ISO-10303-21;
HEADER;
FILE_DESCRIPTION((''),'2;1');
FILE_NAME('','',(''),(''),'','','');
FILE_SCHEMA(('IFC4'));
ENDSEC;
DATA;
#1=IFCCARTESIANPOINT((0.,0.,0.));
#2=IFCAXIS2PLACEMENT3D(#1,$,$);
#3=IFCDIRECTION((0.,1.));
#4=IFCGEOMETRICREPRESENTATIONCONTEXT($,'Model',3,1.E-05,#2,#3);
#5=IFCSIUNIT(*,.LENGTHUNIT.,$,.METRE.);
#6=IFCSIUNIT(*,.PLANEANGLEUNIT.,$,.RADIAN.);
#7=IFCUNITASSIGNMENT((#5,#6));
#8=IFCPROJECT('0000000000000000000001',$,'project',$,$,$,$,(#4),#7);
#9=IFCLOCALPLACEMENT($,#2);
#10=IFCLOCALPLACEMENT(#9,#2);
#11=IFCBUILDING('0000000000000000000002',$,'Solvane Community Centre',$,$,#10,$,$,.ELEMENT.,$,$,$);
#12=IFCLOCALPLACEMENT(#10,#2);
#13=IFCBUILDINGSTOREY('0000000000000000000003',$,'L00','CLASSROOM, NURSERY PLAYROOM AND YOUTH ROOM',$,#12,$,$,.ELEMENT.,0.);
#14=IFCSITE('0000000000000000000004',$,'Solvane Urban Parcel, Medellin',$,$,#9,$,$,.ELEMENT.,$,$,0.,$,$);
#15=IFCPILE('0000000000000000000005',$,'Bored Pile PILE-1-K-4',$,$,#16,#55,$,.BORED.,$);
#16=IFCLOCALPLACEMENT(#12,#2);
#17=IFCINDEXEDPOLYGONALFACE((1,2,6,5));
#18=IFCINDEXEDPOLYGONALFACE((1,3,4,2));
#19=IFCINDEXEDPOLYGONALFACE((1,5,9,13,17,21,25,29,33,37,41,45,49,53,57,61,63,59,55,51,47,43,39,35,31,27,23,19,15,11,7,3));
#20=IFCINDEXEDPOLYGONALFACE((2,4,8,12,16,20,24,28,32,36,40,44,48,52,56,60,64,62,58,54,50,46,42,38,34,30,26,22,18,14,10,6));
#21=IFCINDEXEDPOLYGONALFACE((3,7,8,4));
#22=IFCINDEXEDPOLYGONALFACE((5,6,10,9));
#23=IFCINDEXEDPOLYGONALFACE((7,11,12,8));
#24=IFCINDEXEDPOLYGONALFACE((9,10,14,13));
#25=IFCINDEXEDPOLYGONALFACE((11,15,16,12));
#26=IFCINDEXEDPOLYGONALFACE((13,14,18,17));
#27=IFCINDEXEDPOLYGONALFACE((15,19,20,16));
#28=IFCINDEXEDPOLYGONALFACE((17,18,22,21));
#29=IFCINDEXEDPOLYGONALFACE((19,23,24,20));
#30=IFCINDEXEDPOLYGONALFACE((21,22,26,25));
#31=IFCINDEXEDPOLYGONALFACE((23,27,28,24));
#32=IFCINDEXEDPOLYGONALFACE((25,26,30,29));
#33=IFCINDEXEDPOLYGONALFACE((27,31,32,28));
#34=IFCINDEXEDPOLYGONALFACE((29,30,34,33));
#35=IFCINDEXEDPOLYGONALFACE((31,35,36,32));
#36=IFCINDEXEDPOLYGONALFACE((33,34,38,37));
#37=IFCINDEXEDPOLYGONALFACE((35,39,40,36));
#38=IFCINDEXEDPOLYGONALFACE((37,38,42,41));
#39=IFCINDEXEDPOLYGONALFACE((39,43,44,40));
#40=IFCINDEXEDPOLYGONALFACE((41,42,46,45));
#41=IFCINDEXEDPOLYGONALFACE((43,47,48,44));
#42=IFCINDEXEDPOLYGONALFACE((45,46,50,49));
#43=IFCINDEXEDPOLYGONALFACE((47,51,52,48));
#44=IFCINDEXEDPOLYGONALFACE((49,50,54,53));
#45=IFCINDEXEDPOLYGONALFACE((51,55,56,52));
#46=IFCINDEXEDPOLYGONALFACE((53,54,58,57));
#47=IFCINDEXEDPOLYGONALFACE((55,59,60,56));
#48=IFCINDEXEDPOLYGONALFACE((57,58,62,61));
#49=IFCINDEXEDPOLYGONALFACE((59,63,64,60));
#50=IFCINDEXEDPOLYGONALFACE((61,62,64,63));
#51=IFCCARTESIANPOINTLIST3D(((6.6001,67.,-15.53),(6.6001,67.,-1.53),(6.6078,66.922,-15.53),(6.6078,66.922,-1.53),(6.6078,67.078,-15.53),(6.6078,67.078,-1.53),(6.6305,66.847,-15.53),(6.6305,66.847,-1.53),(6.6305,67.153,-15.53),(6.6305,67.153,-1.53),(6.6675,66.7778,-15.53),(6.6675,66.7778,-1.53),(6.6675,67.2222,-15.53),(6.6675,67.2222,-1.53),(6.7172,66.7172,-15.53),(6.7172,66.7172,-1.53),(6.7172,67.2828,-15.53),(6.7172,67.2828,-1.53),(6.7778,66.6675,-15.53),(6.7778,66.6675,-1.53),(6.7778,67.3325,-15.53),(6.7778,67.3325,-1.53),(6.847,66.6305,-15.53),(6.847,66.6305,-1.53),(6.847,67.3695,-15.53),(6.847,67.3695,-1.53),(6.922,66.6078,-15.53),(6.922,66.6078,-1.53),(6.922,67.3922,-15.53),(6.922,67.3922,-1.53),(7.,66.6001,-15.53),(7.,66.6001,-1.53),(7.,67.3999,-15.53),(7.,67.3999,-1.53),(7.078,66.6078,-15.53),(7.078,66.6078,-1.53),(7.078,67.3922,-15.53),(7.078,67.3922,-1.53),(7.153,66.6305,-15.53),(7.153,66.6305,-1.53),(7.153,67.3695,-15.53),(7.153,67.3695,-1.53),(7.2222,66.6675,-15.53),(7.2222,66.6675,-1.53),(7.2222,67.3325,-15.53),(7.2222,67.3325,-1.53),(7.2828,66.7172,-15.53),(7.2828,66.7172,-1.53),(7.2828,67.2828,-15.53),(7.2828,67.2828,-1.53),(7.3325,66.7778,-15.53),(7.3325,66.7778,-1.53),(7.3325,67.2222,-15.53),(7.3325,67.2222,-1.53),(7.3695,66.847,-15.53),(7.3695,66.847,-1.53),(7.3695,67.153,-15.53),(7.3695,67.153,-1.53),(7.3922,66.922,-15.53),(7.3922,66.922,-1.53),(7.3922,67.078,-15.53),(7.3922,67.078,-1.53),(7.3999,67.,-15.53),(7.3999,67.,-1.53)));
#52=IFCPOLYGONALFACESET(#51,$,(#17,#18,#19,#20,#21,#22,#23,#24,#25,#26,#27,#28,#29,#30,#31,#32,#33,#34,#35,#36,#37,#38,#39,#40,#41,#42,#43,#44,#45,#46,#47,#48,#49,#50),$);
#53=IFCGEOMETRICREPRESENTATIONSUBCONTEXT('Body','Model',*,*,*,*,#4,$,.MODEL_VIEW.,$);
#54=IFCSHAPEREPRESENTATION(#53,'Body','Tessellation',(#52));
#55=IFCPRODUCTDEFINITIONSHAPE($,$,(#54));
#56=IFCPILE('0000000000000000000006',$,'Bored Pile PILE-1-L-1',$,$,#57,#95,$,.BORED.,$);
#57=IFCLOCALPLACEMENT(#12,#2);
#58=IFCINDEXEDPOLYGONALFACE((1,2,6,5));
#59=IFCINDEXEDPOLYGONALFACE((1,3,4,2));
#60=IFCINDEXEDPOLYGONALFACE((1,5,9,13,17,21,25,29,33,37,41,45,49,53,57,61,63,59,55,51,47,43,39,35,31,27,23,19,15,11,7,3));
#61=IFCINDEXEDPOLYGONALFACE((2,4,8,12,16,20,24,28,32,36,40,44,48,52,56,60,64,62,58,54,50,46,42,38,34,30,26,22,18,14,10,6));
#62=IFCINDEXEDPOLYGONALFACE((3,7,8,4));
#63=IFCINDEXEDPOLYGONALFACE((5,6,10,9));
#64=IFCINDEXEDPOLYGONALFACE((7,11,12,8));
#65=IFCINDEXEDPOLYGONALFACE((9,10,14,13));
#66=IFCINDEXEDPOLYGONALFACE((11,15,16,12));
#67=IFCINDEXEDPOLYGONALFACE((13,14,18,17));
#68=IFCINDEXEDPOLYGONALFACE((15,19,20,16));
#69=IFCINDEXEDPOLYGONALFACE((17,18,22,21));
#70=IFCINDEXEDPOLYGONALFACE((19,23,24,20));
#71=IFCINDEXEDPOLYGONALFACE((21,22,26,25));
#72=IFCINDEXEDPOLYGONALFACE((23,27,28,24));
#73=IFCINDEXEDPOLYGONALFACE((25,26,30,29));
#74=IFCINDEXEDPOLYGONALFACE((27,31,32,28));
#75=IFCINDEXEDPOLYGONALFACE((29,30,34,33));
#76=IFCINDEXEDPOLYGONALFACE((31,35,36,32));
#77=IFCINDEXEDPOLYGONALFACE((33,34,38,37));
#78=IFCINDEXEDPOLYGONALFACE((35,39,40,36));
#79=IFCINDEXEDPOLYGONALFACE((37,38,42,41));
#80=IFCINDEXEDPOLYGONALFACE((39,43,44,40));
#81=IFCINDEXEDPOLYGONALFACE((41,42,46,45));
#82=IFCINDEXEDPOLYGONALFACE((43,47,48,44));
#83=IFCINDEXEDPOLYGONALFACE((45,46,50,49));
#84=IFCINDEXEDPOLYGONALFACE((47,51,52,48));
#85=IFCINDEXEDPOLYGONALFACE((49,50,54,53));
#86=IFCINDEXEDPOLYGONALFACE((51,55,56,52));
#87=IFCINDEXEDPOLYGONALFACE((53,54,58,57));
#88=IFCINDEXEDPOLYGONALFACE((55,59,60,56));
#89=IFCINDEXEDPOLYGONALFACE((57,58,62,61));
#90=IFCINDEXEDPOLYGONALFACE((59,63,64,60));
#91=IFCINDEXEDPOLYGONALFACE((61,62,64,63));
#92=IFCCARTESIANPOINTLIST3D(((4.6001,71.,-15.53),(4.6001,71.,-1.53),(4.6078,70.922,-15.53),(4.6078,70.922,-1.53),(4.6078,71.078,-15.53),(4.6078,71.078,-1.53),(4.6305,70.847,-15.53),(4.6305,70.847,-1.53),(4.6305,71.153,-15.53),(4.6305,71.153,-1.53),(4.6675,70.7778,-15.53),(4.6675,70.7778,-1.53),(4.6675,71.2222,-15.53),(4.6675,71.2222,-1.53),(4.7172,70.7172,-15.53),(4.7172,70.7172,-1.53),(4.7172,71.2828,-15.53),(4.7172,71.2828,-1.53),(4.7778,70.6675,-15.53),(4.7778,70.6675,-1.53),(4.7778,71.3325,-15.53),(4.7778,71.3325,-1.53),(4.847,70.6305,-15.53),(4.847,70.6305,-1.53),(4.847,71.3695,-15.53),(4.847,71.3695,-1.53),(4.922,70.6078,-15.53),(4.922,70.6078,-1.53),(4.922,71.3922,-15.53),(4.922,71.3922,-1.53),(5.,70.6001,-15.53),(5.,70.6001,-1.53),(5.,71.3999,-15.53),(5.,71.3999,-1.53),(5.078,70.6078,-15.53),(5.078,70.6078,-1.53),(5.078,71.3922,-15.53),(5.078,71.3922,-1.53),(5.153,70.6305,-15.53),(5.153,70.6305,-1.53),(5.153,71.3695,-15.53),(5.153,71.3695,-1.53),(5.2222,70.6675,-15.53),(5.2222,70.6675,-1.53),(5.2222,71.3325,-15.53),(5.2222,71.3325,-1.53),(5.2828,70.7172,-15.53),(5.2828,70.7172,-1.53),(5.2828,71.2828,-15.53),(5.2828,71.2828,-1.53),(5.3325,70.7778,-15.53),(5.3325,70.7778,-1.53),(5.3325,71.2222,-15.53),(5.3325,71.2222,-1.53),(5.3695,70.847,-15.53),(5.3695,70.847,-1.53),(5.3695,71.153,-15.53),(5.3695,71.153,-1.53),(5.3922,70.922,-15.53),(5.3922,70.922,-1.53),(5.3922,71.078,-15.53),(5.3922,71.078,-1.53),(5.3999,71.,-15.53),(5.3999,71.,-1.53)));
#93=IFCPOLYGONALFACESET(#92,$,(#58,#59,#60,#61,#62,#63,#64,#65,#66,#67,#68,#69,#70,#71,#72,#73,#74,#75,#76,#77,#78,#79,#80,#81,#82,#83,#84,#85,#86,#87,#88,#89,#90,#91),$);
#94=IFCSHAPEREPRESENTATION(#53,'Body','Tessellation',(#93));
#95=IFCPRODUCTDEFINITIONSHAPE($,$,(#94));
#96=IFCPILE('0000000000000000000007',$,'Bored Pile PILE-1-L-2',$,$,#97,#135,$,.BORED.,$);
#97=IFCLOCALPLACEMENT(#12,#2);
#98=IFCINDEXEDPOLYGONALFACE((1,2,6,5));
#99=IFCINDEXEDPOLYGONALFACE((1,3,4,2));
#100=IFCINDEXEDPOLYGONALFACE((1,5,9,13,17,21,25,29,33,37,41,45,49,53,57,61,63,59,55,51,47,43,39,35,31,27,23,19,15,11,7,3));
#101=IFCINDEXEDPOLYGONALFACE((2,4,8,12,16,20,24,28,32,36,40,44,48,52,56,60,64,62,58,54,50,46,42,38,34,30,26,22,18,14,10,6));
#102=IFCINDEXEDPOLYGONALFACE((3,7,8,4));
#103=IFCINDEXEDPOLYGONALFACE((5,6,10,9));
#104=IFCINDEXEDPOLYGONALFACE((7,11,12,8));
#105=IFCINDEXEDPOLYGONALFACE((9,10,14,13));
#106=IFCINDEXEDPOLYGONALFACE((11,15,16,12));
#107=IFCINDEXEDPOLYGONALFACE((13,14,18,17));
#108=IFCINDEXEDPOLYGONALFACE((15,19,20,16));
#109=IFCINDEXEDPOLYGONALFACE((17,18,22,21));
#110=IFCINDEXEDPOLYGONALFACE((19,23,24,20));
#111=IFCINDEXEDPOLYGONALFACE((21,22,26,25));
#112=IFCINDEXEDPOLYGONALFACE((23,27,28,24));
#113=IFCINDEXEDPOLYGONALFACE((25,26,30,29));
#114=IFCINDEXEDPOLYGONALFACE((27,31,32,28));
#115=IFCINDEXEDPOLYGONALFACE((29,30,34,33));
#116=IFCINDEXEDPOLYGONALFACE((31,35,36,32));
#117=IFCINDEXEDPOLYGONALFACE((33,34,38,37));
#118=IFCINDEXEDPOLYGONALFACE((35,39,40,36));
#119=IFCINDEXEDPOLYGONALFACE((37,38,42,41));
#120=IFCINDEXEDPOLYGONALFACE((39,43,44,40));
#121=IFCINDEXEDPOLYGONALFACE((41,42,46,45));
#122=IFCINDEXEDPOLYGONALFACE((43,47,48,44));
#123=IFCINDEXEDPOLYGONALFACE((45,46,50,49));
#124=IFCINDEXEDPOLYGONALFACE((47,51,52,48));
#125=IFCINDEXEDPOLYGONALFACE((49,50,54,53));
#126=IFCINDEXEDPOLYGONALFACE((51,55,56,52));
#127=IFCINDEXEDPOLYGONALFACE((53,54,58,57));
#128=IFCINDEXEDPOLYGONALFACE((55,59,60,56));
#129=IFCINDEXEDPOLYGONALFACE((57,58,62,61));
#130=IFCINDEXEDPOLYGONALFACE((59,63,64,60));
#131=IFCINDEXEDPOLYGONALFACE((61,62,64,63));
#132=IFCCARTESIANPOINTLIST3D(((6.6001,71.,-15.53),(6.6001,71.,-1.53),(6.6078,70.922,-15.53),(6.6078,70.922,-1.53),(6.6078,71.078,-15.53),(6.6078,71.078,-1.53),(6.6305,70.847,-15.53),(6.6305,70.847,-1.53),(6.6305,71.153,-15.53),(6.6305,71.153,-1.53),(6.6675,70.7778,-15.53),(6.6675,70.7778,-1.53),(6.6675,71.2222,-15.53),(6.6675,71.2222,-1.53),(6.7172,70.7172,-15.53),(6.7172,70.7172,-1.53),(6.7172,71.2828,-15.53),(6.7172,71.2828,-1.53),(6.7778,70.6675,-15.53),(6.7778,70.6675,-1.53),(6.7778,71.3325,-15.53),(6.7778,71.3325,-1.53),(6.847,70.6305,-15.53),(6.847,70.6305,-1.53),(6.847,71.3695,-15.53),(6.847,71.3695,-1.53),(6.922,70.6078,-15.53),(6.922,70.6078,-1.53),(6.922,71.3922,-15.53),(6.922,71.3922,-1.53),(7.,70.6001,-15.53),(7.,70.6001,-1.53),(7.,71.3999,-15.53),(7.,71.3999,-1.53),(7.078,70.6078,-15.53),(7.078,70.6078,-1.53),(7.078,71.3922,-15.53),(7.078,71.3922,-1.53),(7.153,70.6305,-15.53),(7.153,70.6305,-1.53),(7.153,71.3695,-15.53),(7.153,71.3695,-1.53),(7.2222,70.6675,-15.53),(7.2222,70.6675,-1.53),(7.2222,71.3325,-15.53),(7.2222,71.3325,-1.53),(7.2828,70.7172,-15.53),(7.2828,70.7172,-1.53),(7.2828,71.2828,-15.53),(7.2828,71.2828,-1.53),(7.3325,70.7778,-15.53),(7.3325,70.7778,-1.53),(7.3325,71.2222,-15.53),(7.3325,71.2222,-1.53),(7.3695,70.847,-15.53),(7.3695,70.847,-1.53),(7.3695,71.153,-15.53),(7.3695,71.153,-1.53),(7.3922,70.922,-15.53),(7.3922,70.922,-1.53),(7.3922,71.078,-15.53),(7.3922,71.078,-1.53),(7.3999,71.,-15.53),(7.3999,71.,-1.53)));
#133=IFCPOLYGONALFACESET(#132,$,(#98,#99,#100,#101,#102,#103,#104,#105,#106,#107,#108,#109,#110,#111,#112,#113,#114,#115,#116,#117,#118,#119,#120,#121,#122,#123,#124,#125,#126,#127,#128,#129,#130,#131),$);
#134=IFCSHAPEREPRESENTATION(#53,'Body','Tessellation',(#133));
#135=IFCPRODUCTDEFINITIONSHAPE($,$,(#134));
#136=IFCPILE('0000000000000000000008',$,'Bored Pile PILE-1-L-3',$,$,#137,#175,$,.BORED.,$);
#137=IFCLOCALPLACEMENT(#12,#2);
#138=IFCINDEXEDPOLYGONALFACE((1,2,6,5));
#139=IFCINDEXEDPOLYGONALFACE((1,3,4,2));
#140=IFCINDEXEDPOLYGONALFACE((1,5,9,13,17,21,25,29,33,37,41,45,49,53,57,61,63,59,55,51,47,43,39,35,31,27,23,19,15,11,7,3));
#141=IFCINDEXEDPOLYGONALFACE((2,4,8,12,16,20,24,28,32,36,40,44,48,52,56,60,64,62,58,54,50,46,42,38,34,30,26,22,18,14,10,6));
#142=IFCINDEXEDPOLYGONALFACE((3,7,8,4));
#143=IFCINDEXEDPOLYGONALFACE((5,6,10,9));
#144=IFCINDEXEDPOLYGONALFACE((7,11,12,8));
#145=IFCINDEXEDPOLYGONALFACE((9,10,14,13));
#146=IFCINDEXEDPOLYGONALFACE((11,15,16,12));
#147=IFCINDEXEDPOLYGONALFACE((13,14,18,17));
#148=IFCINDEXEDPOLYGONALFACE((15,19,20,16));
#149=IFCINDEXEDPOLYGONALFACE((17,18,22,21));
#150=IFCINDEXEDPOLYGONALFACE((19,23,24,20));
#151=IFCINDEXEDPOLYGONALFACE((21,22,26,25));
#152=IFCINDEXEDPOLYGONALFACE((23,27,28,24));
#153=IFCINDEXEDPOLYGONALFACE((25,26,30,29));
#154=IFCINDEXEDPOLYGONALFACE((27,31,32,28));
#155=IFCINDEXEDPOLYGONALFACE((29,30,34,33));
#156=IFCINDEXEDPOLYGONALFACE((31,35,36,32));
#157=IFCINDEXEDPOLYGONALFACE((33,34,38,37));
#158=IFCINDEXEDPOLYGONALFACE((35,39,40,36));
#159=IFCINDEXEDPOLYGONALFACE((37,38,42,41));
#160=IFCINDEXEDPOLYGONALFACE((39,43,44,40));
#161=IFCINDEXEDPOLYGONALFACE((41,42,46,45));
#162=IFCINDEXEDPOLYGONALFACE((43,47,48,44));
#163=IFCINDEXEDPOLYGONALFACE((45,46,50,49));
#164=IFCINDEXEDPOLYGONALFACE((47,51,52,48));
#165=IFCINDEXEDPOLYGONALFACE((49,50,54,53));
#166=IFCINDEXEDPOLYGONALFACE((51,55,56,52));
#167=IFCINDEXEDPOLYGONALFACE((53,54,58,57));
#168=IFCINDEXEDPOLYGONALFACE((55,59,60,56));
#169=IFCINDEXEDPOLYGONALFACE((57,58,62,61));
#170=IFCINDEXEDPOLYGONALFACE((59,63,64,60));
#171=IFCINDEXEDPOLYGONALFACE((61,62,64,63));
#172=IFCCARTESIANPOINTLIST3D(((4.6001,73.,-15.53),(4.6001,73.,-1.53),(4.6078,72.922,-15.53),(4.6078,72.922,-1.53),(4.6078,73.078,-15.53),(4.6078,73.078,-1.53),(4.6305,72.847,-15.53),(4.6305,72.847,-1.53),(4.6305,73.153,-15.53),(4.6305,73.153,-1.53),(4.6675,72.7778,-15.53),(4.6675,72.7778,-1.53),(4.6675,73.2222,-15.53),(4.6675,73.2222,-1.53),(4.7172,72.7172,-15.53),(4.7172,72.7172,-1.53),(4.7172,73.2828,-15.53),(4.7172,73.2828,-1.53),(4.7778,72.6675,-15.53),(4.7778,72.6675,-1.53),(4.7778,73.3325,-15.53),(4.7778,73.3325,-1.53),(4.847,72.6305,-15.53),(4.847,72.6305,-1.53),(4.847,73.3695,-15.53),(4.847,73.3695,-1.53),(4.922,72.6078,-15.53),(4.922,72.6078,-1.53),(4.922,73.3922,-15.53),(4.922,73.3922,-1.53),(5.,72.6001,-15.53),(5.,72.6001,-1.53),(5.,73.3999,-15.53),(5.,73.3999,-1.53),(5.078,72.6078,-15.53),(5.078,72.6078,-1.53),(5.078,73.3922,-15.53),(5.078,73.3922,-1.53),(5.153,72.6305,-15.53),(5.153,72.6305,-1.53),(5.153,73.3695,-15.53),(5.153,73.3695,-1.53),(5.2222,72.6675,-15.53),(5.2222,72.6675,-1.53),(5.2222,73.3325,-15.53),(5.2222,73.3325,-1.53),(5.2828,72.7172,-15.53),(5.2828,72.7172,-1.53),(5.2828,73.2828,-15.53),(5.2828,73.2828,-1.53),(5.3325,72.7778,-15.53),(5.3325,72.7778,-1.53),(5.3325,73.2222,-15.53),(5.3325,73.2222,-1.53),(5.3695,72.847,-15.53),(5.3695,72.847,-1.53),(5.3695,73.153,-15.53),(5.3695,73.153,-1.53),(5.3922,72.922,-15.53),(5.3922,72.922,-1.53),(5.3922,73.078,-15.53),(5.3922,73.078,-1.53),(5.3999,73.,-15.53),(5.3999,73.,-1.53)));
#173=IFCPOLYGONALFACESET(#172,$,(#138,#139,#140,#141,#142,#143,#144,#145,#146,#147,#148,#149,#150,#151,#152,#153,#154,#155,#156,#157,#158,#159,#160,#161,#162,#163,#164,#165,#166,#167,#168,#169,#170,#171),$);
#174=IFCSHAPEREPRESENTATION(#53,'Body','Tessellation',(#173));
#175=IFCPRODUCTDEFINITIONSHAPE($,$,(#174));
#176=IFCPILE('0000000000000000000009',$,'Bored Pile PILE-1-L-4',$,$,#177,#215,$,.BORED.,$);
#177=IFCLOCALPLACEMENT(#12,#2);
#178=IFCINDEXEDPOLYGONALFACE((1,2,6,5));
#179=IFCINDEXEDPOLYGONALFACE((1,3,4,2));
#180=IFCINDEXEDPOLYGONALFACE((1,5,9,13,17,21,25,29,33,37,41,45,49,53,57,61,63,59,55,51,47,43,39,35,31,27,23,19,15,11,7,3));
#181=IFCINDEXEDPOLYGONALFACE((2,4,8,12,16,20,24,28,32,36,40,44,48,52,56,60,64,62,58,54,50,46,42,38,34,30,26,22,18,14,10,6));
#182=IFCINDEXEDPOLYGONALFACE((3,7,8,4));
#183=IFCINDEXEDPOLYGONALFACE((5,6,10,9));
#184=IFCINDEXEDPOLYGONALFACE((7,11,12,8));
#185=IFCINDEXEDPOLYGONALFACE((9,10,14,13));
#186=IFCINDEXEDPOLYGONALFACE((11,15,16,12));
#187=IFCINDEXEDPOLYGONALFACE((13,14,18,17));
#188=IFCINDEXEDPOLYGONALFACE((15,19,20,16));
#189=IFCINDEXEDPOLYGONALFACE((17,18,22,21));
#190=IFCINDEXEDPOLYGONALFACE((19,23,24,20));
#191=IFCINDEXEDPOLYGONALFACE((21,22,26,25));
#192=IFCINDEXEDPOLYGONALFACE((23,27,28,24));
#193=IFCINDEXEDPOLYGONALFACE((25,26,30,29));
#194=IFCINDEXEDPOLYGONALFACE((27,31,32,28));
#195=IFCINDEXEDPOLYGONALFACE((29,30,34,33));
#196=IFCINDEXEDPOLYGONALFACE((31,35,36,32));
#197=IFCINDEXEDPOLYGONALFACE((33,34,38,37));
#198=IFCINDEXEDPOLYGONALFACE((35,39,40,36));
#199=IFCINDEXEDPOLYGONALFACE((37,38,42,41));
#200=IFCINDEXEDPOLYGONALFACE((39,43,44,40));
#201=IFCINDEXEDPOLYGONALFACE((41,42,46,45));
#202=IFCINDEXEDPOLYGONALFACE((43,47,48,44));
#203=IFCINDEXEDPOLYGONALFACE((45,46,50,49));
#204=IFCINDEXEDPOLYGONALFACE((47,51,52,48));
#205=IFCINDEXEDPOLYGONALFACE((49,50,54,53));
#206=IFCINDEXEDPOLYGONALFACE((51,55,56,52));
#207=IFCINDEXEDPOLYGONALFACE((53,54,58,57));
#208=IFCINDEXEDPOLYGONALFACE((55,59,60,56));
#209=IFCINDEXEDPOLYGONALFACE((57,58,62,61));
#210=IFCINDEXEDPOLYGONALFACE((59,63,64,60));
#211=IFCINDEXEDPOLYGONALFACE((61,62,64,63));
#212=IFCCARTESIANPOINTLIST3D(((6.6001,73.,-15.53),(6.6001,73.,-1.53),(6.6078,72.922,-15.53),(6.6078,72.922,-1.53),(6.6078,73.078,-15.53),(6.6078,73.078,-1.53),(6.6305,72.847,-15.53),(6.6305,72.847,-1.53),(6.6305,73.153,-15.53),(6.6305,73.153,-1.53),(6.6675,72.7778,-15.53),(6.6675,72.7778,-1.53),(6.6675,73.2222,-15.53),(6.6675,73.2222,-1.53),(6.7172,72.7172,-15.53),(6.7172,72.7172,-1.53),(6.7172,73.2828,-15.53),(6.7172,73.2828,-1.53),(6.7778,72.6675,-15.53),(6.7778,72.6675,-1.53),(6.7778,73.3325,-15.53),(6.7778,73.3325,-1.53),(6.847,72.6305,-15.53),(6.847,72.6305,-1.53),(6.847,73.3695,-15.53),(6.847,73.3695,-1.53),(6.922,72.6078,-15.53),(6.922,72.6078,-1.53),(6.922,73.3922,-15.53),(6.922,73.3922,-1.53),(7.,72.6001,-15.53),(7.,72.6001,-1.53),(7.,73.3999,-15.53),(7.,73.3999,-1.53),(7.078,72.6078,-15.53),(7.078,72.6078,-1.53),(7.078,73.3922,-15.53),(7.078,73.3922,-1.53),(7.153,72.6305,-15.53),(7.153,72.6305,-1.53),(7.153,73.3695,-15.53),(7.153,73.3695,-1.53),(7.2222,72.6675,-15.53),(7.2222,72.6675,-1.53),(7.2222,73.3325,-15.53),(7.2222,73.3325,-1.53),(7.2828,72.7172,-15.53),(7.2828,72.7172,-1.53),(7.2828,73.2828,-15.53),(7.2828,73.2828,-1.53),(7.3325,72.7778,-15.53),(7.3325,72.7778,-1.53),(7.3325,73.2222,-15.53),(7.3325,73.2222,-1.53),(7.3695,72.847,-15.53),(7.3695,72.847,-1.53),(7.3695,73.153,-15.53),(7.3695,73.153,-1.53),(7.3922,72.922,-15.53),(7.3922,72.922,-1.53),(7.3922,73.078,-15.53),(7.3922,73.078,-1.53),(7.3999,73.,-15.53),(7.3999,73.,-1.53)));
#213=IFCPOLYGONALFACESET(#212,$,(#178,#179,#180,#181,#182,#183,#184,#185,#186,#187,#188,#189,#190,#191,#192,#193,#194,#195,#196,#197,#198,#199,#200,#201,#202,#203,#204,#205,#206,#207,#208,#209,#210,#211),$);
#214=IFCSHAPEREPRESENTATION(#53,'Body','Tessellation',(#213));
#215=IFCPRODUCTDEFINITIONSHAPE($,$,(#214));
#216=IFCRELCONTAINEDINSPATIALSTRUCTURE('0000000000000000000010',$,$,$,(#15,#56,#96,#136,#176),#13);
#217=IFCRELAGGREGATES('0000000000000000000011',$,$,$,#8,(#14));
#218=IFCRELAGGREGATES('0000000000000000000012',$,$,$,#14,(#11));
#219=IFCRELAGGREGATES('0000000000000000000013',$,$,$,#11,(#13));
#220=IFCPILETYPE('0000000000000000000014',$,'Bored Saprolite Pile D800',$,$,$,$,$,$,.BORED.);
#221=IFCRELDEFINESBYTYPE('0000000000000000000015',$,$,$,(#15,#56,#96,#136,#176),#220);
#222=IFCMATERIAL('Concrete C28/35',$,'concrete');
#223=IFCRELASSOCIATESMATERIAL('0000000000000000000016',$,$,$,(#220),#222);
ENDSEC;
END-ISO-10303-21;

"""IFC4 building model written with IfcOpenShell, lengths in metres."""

from ifc_helpers import new_model, si_unit, direction, frame, origin, origin_2d, place, context, subcontext, project, spatial, circle, extrude, material, material_profile, profile_set, type_object, element, save


model = new_model("IFC4")

# Units and contexts
model_context = context("Model", 3, precision=1e-05, world=origin(), true_north=direction((0.0, 1.0)))
body_context = subcontext(model_context, "Body", "Model", "MODEL_VIEW")
ifc_project = project(units=[si_unit("LENGTHUNIT", "METRE"), si_unit("PLANEANGLEUNIT", "RADIAN")], contexts=[model_context])

# Site, building, storey
site_placement = place(None, origin())
site = spatial("IfcSite", under=ifc_project, at=site_placement, Name="Solvane Urban Parcel, Medellin", CompositionType="ELEMENT", RefElevation=0.0)
building_placement = place(site_placement, origin())
building = spatial("IfcBuilding", under=site, at=building_placement, Name="Solvane Community Centre", CompositionType="ELEMENT")
storey_placement = place(building_placement, origin())
storey = spatial("IfcBuildingStorey", under=building, at=storey_placement, Name="L00", Description="CLASSROOM, NURSERY PLAYROOM AND YOUTH ROOM", CompositionType="ELEMENT", Elevation=0.0)

# Piles
ifc_material_1 = material(Name="Concrete C28/35", Category="concrete")
ifc_material_profile_1 = material_profile(ifc_material_1, circle(Radius=0.3999, at=origin_2d()), Name="PILE D800")
ifc_profile_set_1 = profile_set([ifc_material_profile_1], Name="Concrete C28/35")
pile_type = type_object("IfcPileType", Name="Bored Saprolite Pile D800", PredefinedType="BORED", material=ifc_profile_set_1)
for number, where, z_axis, x_axis, name in (
    (1, (7.0, 67.0, -1.53), (0.0, 0.0, -1.0), (1.0, 0.0, 0.0), "Bored Pile PILE-1-K-4"),
    (2, (5.0, 71.0, -1.53), (0.0, 0.0, -1.0), (1.0, 0.0, 0.0), "Bored Pile PILE-1-L-1"),
    (3, (7.0, 71.0, -1.53), (0.0, 0.0, -1.0), (1.0, 0.0, 0.0), "Bored Pile PILE-1-L-2"),
    (4, (5.0, 73.0, -1.53), (0.0, 0.0, -1.0), (1.0, 0.0, 0.0), "Bored Pile PILE-1-L-3"),
    (5, (7.0, 73.0, -1.53), (0.0, 0.0, -1.0), (1.0, 0.0, 0.0), "Bored Pile PILE-1-L-4"),
):
    element("IfcPile", number, at=place(storey_placement, frame(where, z_axis=z_axis, x_axis=x_axis)), inside=storey, type_object=pile_type, Name=name, PredefinedType="BORED", context=body_context, shape_type="SweptSolid", body=[
        extrude(circle(Radius=0.3999, at=origin_2d()), origin(), (0.0, 0.0, 1.0), 14.0),
    ])

save(model, "model.ifc")
